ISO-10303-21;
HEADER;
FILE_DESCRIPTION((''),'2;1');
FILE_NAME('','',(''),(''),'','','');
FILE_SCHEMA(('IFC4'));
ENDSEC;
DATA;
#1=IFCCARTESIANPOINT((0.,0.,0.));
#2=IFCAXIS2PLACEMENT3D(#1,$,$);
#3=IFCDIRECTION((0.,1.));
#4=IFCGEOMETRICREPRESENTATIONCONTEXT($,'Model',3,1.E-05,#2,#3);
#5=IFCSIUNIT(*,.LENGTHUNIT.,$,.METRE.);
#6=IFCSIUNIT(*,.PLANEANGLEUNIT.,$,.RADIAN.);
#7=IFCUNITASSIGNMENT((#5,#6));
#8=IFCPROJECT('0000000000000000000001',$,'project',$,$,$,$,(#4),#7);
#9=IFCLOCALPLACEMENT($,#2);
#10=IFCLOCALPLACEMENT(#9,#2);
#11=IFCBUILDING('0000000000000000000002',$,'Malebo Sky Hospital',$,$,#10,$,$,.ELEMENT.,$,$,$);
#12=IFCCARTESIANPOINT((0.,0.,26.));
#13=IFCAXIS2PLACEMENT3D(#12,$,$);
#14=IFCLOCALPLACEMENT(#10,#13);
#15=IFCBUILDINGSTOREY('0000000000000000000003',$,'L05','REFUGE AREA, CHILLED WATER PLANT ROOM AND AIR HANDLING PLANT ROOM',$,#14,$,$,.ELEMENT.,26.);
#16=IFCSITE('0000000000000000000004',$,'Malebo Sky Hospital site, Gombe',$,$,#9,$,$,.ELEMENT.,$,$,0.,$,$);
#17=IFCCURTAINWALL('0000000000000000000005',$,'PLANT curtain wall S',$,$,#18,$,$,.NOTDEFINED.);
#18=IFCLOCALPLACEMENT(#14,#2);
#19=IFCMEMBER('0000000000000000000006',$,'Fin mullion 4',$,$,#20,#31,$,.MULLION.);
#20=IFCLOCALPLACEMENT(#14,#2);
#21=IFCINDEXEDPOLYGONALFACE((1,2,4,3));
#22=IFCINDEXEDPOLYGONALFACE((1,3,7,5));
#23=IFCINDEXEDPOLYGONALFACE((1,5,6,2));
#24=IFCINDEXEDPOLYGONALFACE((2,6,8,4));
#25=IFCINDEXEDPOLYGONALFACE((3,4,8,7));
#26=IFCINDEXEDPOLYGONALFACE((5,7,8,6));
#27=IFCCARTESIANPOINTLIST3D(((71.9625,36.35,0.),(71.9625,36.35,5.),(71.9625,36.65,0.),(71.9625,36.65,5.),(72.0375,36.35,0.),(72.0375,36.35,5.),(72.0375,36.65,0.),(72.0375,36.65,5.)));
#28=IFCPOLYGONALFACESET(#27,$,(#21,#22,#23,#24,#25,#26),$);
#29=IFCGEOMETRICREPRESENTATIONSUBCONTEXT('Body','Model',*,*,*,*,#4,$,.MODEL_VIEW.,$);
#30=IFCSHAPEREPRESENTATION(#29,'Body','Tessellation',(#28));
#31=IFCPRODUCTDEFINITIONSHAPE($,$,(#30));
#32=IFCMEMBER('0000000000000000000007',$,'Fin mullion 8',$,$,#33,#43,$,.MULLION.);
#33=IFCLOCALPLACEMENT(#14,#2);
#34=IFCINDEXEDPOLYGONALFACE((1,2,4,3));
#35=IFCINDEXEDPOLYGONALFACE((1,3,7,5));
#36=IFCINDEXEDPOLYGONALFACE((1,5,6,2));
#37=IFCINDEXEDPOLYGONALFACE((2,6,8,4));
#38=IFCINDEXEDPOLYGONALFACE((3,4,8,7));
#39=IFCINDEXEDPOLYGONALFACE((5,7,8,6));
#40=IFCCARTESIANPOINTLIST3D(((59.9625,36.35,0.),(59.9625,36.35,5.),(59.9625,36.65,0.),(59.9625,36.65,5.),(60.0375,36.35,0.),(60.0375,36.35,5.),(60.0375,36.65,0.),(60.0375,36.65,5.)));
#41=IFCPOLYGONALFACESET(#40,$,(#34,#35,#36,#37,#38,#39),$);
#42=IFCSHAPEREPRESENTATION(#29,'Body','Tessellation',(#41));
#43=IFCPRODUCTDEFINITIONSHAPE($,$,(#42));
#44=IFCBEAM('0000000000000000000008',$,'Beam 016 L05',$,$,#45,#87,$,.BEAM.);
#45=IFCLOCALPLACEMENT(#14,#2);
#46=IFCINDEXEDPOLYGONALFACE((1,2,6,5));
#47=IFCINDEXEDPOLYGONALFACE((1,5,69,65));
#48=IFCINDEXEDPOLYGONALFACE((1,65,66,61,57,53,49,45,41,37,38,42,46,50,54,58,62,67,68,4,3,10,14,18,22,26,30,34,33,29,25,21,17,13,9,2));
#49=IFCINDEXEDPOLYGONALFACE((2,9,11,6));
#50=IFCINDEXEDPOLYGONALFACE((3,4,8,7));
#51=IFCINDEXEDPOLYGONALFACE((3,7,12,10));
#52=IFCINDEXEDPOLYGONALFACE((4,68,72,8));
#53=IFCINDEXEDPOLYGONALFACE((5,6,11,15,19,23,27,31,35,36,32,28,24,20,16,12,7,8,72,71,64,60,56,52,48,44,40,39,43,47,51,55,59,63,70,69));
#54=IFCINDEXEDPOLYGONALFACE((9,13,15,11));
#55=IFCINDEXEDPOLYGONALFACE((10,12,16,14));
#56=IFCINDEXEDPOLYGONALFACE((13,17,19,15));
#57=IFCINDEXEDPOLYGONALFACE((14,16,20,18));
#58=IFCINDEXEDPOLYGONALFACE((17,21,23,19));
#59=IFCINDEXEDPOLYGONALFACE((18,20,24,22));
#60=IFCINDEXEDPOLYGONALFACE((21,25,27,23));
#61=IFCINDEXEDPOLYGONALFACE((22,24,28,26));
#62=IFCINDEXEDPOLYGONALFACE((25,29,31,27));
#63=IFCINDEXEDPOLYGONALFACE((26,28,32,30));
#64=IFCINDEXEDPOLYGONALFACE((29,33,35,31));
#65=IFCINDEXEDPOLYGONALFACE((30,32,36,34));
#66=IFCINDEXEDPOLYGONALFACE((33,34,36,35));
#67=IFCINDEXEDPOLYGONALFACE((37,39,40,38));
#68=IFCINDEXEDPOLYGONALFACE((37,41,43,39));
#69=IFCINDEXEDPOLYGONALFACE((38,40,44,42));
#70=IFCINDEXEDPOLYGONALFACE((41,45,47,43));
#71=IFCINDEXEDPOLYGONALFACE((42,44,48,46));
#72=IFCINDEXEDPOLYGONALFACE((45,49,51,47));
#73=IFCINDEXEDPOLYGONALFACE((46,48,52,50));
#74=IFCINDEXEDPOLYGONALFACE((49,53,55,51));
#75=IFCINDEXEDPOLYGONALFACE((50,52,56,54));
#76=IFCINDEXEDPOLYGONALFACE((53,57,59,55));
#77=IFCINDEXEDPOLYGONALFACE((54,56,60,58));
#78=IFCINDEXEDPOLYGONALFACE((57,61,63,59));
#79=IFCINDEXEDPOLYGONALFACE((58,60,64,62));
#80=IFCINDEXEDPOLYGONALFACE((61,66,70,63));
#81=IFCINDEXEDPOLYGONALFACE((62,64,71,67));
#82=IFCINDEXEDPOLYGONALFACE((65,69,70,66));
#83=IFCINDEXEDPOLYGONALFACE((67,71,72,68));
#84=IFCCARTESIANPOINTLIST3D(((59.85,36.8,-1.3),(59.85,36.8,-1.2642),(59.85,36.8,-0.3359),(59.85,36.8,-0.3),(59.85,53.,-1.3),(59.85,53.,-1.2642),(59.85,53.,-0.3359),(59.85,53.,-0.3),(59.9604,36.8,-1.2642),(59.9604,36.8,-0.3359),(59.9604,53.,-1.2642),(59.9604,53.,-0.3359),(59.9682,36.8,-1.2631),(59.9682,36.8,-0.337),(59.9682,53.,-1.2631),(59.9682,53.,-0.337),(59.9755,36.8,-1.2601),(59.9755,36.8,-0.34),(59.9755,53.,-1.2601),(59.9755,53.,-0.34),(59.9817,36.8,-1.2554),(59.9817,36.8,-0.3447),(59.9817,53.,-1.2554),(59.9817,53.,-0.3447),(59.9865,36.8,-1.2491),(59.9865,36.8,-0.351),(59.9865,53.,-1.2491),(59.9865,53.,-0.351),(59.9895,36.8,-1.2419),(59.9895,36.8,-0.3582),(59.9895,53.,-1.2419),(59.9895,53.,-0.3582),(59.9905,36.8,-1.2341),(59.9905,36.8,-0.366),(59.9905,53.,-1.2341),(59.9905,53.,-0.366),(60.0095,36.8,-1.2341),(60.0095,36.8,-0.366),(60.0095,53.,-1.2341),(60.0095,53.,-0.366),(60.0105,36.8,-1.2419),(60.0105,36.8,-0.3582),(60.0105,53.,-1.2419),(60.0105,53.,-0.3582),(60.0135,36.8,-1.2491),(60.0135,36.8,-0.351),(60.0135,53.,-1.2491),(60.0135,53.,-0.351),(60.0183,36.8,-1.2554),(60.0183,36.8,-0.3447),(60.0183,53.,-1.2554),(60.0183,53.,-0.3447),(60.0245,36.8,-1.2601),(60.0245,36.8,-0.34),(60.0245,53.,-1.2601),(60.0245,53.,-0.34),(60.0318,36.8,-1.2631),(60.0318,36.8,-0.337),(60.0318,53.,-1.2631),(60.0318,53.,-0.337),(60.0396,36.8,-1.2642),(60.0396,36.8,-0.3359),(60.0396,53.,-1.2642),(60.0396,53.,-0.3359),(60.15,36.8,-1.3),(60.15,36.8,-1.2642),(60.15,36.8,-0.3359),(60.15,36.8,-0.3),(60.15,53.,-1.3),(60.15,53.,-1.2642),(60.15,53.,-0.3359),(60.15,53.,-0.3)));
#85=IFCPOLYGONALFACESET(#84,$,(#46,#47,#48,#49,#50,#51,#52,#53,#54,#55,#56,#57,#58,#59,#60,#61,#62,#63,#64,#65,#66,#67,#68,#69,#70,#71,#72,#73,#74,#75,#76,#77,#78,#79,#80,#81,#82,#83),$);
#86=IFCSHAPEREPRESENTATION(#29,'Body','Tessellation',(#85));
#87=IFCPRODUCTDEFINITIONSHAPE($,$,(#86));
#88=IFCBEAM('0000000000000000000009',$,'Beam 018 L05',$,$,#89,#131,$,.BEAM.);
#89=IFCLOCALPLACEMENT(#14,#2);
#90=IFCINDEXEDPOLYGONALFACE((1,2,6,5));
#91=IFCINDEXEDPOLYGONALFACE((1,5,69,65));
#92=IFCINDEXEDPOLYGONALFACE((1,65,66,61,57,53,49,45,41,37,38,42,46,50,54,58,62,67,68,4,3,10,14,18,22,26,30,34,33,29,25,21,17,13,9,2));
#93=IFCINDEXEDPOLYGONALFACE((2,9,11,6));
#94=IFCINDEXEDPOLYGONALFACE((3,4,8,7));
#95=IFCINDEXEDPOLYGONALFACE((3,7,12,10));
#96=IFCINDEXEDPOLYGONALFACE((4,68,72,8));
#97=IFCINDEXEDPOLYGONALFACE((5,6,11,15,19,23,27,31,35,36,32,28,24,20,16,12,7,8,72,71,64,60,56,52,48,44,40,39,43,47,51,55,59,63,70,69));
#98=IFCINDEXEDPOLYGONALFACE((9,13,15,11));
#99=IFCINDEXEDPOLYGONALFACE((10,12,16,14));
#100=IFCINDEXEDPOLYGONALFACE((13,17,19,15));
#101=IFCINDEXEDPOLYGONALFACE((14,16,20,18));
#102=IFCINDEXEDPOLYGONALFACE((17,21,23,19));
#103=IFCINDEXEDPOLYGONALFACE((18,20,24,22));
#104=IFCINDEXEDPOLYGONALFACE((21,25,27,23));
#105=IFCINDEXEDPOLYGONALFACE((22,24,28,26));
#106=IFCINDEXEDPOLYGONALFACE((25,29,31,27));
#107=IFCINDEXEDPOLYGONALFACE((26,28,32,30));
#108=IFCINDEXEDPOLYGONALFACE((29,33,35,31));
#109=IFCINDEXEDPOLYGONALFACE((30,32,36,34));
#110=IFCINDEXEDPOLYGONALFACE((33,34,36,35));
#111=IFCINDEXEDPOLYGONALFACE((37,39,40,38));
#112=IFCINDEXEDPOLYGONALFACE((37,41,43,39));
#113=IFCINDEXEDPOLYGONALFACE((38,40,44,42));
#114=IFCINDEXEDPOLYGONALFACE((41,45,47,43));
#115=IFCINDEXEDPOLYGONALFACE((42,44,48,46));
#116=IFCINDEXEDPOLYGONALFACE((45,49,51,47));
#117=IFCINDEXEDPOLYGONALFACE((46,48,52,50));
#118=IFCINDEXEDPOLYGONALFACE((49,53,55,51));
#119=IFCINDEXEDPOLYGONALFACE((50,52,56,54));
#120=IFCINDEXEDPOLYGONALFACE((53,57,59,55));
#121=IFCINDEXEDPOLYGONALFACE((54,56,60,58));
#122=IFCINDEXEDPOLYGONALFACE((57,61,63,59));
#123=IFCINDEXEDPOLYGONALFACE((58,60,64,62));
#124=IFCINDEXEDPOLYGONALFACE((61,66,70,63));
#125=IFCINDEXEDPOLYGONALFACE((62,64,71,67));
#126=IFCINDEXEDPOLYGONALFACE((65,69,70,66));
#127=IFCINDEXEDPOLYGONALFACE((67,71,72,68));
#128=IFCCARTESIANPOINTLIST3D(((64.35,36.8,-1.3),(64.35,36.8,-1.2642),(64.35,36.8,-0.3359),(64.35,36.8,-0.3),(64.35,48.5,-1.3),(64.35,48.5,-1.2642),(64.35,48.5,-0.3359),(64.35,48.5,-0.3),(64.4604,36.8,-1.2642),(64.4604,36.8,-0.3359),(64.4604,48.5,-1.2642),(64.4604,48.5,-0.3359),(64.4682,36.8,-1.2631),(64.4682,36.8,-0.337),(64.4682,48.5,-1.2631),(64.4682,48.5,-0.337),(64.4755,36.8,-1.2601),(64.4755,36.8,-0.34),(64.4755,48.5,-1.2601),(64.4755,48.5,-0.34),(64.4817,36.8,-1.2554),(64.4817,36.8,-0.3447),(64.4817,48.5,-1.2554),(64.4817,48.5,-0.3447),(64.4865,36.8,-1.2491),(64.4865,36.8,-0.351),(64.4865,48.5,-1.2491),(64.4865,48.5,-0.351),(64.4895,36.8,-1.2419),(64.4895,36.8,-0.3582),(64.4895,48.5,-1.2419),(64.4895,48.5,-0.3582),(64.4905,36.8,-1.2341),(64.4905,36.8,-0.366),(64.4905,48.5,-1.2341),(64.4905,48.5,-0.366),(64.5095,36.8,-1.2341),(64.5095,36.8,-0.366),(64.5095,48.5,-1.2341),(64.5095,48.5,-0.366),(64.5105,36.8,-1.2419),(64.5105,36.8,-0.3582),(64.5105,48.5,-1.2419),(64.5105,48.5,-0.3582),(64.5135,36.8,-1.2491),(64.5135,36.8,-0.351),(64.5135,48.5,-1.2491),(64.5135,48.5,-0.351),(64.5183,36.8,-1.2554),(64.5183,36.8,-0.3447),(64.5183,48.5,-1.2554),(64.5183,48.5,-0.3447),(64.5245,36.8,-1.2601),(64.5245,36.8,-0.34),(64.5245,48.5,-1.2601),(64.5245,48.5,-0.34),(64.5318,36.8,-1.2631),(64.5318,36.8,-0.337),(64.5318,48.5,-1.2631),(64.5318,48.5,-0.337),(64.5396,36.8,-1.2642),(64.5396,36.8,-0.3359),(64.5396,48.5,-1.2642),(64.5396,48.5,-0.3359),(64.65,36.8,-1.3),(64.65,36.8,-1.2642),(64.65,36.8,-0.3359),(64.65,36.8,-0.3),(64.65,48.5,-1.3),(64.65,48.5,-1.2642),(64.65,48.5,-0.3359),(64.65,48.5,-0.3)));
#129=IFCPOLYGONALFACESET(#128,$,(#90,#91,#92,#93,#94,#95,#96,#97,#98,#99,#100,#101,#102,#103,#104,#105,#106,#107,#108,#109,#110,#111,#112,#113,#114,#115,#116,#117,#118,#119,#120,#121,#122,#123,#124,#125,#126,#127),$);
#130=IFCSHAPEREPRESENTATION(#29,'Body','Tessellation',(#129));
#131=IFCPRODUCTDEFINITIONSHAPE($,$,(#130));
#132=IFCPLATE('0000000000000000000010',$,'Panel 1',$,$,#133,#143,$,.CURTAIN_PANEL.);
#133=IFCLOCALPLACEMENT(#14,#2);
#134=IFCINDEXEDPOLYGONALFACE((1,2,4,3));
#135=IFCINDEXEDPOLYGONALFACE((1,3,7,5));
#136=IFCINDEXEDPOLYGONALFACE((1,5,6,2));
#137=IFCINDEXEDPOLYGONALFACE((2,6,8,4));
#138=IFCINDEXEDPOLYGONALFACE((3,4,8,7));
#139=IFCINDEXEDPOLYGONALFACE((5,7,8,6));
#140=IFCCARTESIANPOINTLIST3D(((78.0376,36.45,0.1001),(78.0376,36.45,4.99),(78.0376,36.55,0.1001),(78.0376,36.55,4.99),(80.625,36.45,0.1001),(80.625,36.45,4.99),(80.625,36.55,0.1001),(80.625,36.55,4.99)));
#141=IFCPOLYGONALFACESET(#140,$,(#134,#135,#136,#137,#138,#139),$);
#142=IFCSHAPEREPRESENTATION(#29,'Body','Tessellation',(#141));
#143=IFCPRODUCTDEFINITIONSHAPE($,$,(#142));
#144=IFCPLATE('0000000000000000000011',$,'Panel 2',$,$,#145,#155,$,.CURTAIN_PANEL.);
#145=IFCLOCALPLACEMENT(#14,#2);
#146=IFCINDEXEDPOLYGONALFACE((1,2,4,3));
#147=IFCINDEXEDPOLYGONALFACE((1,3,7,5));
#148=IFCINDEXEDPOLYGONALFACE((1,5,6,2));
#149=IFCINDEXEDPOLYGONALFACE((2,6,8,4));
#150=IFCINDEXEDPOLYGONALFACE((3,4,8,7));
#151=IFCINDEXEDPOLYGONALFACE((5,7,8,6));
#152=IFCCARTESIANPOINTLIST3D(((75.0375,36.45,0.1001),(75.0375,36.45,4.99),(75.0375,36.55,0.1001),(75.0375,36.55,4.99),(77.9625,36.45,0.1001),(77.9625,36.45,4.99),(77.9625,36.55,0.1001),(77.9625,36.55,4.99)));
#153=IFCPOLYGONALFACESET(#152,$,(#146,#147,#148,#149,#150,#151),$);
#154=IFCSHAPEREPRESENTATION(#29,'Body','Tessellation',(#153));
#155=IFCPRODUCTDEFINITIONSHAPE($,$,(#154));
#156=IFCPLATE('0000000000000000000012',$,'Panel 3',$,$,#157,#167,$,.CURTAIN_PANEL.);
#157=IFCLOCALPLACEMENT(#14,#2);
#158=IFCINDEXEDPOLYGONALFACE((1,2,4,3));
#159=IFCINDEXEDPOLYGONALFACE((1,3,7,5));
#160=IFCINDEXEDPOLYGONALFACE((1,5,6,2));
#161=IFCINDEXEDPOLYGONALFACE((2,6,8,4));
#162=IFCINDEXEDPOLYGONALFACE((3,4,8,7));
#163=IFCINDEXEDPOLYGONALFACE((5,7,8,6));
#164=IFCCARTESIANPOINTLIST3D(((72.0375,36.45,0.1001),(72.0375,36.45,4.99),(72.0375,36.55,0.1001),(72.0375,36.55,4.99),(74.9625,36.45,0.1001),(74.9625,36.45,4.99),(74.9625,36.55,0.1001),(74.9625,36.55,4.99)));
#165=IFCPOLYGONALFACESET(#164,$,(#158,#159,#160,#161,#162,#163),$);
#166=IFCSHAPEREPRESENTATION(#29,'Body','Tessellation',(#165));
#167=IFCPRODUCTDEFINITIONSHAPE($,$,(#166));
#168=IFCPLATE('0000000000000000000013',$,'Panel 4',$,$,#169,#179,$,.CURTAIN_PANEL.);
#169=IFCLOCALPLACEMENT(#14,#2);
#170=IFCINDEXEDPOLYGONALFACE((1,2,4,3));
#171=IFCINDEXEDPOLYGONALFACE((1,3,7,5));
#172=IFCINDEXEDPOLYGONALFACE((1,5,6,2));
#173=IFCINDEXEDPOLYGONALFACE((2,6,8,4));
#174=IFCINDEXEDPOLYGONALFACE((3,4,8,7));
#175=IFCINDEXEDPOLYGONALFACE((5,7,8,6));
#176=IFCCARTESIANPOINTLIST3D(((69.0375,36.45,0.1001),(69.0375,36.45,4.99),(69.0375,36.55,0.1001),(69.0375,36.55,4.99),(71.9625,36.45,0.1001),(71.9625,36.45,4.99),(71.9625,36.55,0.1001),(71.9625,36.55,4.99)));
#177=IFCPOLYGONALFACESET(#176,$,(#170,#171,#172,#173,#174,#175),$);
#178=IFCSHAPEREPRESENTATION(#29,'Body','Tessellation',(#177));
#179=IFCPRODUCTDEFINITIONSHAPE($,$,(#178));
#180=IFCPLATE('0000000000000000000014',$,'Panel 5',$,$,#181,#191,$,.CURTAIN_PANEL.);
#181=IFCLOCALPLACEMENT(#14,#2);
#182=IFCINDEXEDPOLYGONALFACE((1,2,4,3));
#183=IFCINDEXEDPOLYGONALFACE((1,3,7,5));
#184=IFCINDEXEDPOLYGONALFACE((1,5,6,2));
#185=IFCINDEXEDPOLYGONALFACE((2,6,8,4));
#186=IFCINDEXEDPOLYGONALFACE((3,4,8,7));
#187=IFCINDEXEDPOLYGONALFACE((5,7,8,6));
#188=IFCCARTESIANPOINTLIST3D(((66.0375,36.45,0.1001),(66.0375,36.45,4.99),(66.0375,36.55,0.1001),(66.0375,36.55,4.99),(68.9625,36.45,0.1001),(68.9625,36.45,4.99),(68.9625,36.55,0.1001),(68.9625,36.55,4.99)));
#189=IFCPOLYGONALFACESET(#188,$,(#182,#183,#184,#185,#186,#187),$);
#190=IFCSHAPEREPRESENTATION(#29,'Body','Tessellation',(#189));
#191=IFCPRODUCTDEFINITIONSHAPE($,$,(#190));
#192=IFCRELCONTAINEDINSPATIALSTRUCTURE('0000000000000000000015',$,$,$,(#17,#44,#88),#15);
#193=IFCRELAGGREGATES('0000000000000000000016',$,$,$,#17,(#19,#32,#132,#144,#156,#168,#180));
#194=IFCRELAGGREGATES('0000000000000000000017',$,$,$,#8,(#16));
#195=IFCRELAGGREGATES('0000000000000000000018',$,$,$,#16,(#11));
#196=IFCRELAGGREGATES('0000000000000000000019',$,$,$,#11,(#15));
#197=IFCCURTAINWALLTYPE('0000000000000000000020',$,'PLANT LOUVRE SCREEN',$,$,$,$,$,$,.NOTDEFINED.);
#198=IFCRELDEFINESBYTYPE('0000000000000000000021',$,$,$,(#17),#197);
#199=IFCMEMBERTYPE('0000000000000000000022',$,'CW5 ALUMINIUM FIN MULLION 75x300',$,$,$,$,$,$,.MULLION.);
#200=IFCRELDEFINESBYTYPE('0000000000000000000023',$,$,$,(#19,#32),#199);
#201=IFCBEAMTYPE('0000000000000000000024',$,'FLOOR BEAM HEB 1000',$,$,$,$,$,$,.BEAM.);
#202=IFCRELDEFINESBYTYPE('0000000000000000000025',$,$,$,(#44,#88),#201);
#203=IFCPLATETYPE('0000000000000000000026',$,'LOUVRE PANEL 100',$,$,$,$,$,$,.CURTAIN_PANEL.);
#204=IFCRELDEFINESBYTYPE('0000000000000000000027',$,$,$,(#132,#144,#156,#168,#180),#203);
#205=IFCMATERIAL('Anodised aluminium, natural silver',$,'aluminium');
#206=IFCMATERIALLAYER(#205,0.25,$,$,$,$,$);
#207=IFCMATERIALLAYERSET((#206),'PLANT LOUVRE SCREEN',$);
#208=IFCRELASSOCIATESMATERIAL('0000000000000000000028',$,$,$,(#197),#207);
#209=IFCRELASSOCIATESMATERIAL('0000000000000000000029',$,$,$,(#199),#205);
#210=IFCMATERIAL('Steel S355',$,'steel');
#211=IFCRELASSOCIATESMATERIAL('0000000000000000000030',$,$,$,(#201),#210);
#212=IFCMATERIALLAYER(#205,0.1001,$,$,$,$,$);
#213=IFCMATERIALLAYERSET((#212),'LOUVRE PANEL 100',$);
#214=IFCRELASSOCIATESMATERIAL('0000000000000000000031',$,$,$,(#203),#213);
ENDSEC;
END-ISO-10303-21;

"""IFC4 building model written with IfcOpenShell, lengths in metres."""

from ifc_helpers import new_model, si_unit, direction, frame, origin, origin_2d, place, context, subcontext, project, spatial, rectangle, i_section, extrude, material, layer, layer_set, material_profile, profile_set, type_object, element, aggregate, save


model = new_model("IFC4")

# Units and contexts
model_context = context("Model", 3, precision=1e-05, world=origin(), true_north=direction((0.0, 1.0)))
body_context = subcontext(model_context, "Body", "Model", "MODEL_VIEW")
ifc_project = project(units=[si_unit("LENGTHUNIT", "METRE"), si_unit("PLANEANGLEUNIT", "RADIAN")], contexts=[model_context])

# Site, building, storey
site_placement = place(None, origin())
site = spatial("IfcSite", under=ifc_project, at=site_placement, Name="Malebo Sky Hospital site, Gombe", CompositionType="ELEMENT", RefElevation=0.0)
building_placement = place(site_placement, origin())
building = spatial("IfcBuilding", under=site, at=building_placement, Name="Malebo Sky Hospital", CompositionType="ELEMENT")
storey_placement = place(building_placement, frame((0.0, 0.0, 26.0)))
storey = spatial("IfcBuildingStorey", under=building, at=storey_placement, Name="L05", Description="REFUGE AREA, CHILLED WATER PLANT ROOM AND AIR HANDLING PLANT ROOM", CompositionType="ELEMENT", Elevation=26.0)

# Curtain wall, members
ifc_material_1 = material(Name="Anodised aluminium, natural silver", Category="aluminium")
ifc_layer_1 = layer(ifc_material_1, 0.25)
ifc_layer_set_1 = layer_set([ifc_layer_1], Name="PLANT LOUVRE SCREEN")
curtain_wall_type = type_object("IfcCurtainWallType", Name="PLANT LOUVRE SCREEN", PredefinedType="NOTDEFINED", material=ifc_layer_set_1)
curtain_wall_placement = place(storey_placement, origin())
curtain_wall = element("IfcCurtainWall", 1, at=curtain_wall_placement, inside=storey, type_object=curtain_wall_type, Name="PLANT curtain wall S", PredefinedType="NOTDEFINED")
ifc_material_profile_1 = material_profile(ifc_material_1, rectangle(XDim=0.075, YDim=0.3, at=origin_2d()), Name="CW5 ALUMINIUM FIN MULLION 75x300")
ifc_profile_set_1 = profile_set([ifc_material_profile_1], Name="Anodised aluminium, natural silver")
member_type_1 = type_object("IfcMemberType", Name="CW5 ALUMINIUM FIN MULLION 75x300", PredefinedType="MULLION", material=ifc_profile_set_1)
member_1_placement = place(storey_placement, frame((72.0, 36.5, 0.0), z_axis=(0.0, 0.0, 1.0), x_axis=(-1.0, 0.0, 0.0)))
member_1 = element("IfcMember", 2, at=member_1_placement, type_object=member_type_1, Name="Fin mullion 4", PredefinedType="MULLION", context=body_context, shape_type="SweptSolid", body=[
    extrude(rectangle(XDim=0.075, YDim=0.3, at=origin_2d()), origin(), (0.0, 0.0, 1.0), 5.0),
])
member_2_placement = place(storey_placement, frame((60.0, 36.5, 0.0), z_axis=(0.0, 0.0, 1.0), x_axis=(-1.0, 0.0, 0.0)))
member_2 = element("IfcMember", 3, at=member_2_placement, type_object=member_type_1, Name="Fin mullion 8", PredefinedType="MULLION", context=body_context, shape_type="SweptSolid", body=[
    extrude(rectangle(XDim=0.075, YDim=0.3, at=origin_2d()), origin(), (0.0, 0.0, 1.0), 5.0),
])

# Beams
ifc_material_2 = material(Name="Steel S355", Category="steel")
ifc_material_profile_2 = material_profile(ifc_material_2, i_section(OverallWidth=0.3, OverallDepth=1.0, WebThickness=0.019, FlangeThickness=0.0359, FilletRadius=0.03, at=origin_2d()), Name="HEB 1000")
ifc_profile_set_2 = profile_set([ifc_material_profile_2], Name="Steel S355")
beam_type = type_object("IfcBeamType", Name="FLOOR BEAM HEB 1000", PredefinedType="BEAM", material=ifc_profile_set_2)
beam_1_placement = place(storey_placement, frame((60.0, 36.8, -0.8), z_axis=(0.0, 1.0, 0.0), x_axis=(-1.0, 0.0, 0.0)))
element("IfcBeam", 4, at=beam_1_placement, inside=storey, type_object=beam_type, Name="Beam 016 L05", PredefinedType="BEAM", context=body_context, shape_type="SweptSolid", body=[
    extrude(i_section(OverallWidth=0.3, OverallDepth=1.0, WebThickness=0.019, FlangeThickness=0.0359, FilletRadius=0.03, at=origin_2d()), origin(), (0.0, 0.0, 1.0), 16.2),
])
beam_2_placement = place(storey_placement, frame((64.5, 36.8, -0.8), z_axis=(0.0, 1.0, 0.0), x_axis=(-1.0, 0.0, 0.0)))
element("IfcBeam", 5, at=beam_2_placement, inside=storey, type_object=beam_type, Name="Beam 018 L05", PredefinedType="BEAM", context=body_context, shape_type="SweptSolid", body=[
    extrude(i_section(OverallWidth=0.3, OverallDepth=1.0, WebThickness=0.019, FlangeThickness=0.0359, FilletRadius=0.03, at=origin_2d()), origin(), (0.0, 0.0, 1.0), 11.7),
])

# Plates
ifc_layer_2 = layer(ifc_material_1, 0.1001)
ifc_layer_set_2 = layer_set([ifc_layer_2], Name="LOUVRE PANEL 100")
plate_type = type_object("IfcPlateType", Name="LOUVRE PANEL 100", PredefinedType="CURTAIN_PANEL", material=ifc_layer_set_2)
plate_1_placement = place(storey_placement, frame((79.3313, 36.5, 0.1001), z_axis=(0.0, 0.0, 1.0), x_axis=(-1.0, 0.0, 0.0)))
plate_1 = element("IfcPlate", 6, at=plate_1_placement, type_object=plate_type, Name="Panel 1", PredefinedType="CURTAIN_PANEL", context=body_context, shape_type="SweptSolid", body=[
    extrude(rectangle(XDim=2.5874, YDim=0.1001, at=origin_2d()), origin(), (0.0, 0.0, 1.0), 4.8899),
])
plate_2_placement = place(storey_placement, frame((76.5, 36.5, 0.1001), z_axis=(0.0, 0.0, 1.0), x_axis=(-1.0, 0.0, 0.0)))
plate_2 = element("IfcPlate", 7, at=plate_2_placement, type_object=plate_type, Name="Panel 2", PredefinedType="CURTAIN_PANEL", context=body_context, shape_type="SweptSolid", body=[
    extrude(rectangle(XDim=2.925, YDim=0.1001, at=origin_2d()), origin(), (0.0, 0.0, 1.0), 4.8899),
])
plate_3_placement = place(storey_placement, frame((73.5, 36.5, 0.1001), z_axis=(0.0, 0.0, 1.0), x_axis=(-1.0, 0.0, 0.0)))
plate_3 = element("IfcPlate", 8, at=plate_3_placement, type_object=plate_type, Name="Panel 3", PredefinedType="CURTAIN_PANEL", context=body_context, shape_type="SweptSolid", body=[
    extrude(rectangle(XDim=2.925, YDim=0.1001, at=origin_2d()), origin(), (0.0, 0.0, 1.0), 4.8899),
])
plate_4_placement = place(storey_placement, frame((70.5, 36.5, 0.1001), z_axis=(0.0, 0.0, 1.0), x_axis=(-1.0, 0.0, 0.0)))
plate_4 = element("IfcPlate", 9, at=plate_4_placement, type_object=plate_type, Name="Panel 4", PredefinedType="CURTAIN_PANEL", context=body_context, shape_type="SweptSolid", body=[
    extrude(rectangle(XDim=2.925, YDim=0.1001, at=origin_2d()), origin(), (0.0, 0.0, 1.0), 4.8899),
])
plate_5_placement = place(storey_placement, frame((67.5, 36.5, 0.1001), z_axis=(0.0, 0.0, 1.0), x_axis=(-1.0, 0.0, 0.0)))
plate_5 = element("IfcPlate", 10, at=plate_5_placement, type_object=plate_type, Name="Panel 5", PredefinedType="CURTAIN_PANEL", context=body_context, shape_type="SweptSolid", body=[
    extrude(rectangle(XDim=2.925, YDim=0.1001, at=origin_2d()), origin(), (0.0, 0.0, 1.0), 4.8899),
])
aggregate(curtain_wall, [member_1, member_2, plate_1, plate_2, plate_3, plate_4, plate_5])

save(model, "model.ifc")
